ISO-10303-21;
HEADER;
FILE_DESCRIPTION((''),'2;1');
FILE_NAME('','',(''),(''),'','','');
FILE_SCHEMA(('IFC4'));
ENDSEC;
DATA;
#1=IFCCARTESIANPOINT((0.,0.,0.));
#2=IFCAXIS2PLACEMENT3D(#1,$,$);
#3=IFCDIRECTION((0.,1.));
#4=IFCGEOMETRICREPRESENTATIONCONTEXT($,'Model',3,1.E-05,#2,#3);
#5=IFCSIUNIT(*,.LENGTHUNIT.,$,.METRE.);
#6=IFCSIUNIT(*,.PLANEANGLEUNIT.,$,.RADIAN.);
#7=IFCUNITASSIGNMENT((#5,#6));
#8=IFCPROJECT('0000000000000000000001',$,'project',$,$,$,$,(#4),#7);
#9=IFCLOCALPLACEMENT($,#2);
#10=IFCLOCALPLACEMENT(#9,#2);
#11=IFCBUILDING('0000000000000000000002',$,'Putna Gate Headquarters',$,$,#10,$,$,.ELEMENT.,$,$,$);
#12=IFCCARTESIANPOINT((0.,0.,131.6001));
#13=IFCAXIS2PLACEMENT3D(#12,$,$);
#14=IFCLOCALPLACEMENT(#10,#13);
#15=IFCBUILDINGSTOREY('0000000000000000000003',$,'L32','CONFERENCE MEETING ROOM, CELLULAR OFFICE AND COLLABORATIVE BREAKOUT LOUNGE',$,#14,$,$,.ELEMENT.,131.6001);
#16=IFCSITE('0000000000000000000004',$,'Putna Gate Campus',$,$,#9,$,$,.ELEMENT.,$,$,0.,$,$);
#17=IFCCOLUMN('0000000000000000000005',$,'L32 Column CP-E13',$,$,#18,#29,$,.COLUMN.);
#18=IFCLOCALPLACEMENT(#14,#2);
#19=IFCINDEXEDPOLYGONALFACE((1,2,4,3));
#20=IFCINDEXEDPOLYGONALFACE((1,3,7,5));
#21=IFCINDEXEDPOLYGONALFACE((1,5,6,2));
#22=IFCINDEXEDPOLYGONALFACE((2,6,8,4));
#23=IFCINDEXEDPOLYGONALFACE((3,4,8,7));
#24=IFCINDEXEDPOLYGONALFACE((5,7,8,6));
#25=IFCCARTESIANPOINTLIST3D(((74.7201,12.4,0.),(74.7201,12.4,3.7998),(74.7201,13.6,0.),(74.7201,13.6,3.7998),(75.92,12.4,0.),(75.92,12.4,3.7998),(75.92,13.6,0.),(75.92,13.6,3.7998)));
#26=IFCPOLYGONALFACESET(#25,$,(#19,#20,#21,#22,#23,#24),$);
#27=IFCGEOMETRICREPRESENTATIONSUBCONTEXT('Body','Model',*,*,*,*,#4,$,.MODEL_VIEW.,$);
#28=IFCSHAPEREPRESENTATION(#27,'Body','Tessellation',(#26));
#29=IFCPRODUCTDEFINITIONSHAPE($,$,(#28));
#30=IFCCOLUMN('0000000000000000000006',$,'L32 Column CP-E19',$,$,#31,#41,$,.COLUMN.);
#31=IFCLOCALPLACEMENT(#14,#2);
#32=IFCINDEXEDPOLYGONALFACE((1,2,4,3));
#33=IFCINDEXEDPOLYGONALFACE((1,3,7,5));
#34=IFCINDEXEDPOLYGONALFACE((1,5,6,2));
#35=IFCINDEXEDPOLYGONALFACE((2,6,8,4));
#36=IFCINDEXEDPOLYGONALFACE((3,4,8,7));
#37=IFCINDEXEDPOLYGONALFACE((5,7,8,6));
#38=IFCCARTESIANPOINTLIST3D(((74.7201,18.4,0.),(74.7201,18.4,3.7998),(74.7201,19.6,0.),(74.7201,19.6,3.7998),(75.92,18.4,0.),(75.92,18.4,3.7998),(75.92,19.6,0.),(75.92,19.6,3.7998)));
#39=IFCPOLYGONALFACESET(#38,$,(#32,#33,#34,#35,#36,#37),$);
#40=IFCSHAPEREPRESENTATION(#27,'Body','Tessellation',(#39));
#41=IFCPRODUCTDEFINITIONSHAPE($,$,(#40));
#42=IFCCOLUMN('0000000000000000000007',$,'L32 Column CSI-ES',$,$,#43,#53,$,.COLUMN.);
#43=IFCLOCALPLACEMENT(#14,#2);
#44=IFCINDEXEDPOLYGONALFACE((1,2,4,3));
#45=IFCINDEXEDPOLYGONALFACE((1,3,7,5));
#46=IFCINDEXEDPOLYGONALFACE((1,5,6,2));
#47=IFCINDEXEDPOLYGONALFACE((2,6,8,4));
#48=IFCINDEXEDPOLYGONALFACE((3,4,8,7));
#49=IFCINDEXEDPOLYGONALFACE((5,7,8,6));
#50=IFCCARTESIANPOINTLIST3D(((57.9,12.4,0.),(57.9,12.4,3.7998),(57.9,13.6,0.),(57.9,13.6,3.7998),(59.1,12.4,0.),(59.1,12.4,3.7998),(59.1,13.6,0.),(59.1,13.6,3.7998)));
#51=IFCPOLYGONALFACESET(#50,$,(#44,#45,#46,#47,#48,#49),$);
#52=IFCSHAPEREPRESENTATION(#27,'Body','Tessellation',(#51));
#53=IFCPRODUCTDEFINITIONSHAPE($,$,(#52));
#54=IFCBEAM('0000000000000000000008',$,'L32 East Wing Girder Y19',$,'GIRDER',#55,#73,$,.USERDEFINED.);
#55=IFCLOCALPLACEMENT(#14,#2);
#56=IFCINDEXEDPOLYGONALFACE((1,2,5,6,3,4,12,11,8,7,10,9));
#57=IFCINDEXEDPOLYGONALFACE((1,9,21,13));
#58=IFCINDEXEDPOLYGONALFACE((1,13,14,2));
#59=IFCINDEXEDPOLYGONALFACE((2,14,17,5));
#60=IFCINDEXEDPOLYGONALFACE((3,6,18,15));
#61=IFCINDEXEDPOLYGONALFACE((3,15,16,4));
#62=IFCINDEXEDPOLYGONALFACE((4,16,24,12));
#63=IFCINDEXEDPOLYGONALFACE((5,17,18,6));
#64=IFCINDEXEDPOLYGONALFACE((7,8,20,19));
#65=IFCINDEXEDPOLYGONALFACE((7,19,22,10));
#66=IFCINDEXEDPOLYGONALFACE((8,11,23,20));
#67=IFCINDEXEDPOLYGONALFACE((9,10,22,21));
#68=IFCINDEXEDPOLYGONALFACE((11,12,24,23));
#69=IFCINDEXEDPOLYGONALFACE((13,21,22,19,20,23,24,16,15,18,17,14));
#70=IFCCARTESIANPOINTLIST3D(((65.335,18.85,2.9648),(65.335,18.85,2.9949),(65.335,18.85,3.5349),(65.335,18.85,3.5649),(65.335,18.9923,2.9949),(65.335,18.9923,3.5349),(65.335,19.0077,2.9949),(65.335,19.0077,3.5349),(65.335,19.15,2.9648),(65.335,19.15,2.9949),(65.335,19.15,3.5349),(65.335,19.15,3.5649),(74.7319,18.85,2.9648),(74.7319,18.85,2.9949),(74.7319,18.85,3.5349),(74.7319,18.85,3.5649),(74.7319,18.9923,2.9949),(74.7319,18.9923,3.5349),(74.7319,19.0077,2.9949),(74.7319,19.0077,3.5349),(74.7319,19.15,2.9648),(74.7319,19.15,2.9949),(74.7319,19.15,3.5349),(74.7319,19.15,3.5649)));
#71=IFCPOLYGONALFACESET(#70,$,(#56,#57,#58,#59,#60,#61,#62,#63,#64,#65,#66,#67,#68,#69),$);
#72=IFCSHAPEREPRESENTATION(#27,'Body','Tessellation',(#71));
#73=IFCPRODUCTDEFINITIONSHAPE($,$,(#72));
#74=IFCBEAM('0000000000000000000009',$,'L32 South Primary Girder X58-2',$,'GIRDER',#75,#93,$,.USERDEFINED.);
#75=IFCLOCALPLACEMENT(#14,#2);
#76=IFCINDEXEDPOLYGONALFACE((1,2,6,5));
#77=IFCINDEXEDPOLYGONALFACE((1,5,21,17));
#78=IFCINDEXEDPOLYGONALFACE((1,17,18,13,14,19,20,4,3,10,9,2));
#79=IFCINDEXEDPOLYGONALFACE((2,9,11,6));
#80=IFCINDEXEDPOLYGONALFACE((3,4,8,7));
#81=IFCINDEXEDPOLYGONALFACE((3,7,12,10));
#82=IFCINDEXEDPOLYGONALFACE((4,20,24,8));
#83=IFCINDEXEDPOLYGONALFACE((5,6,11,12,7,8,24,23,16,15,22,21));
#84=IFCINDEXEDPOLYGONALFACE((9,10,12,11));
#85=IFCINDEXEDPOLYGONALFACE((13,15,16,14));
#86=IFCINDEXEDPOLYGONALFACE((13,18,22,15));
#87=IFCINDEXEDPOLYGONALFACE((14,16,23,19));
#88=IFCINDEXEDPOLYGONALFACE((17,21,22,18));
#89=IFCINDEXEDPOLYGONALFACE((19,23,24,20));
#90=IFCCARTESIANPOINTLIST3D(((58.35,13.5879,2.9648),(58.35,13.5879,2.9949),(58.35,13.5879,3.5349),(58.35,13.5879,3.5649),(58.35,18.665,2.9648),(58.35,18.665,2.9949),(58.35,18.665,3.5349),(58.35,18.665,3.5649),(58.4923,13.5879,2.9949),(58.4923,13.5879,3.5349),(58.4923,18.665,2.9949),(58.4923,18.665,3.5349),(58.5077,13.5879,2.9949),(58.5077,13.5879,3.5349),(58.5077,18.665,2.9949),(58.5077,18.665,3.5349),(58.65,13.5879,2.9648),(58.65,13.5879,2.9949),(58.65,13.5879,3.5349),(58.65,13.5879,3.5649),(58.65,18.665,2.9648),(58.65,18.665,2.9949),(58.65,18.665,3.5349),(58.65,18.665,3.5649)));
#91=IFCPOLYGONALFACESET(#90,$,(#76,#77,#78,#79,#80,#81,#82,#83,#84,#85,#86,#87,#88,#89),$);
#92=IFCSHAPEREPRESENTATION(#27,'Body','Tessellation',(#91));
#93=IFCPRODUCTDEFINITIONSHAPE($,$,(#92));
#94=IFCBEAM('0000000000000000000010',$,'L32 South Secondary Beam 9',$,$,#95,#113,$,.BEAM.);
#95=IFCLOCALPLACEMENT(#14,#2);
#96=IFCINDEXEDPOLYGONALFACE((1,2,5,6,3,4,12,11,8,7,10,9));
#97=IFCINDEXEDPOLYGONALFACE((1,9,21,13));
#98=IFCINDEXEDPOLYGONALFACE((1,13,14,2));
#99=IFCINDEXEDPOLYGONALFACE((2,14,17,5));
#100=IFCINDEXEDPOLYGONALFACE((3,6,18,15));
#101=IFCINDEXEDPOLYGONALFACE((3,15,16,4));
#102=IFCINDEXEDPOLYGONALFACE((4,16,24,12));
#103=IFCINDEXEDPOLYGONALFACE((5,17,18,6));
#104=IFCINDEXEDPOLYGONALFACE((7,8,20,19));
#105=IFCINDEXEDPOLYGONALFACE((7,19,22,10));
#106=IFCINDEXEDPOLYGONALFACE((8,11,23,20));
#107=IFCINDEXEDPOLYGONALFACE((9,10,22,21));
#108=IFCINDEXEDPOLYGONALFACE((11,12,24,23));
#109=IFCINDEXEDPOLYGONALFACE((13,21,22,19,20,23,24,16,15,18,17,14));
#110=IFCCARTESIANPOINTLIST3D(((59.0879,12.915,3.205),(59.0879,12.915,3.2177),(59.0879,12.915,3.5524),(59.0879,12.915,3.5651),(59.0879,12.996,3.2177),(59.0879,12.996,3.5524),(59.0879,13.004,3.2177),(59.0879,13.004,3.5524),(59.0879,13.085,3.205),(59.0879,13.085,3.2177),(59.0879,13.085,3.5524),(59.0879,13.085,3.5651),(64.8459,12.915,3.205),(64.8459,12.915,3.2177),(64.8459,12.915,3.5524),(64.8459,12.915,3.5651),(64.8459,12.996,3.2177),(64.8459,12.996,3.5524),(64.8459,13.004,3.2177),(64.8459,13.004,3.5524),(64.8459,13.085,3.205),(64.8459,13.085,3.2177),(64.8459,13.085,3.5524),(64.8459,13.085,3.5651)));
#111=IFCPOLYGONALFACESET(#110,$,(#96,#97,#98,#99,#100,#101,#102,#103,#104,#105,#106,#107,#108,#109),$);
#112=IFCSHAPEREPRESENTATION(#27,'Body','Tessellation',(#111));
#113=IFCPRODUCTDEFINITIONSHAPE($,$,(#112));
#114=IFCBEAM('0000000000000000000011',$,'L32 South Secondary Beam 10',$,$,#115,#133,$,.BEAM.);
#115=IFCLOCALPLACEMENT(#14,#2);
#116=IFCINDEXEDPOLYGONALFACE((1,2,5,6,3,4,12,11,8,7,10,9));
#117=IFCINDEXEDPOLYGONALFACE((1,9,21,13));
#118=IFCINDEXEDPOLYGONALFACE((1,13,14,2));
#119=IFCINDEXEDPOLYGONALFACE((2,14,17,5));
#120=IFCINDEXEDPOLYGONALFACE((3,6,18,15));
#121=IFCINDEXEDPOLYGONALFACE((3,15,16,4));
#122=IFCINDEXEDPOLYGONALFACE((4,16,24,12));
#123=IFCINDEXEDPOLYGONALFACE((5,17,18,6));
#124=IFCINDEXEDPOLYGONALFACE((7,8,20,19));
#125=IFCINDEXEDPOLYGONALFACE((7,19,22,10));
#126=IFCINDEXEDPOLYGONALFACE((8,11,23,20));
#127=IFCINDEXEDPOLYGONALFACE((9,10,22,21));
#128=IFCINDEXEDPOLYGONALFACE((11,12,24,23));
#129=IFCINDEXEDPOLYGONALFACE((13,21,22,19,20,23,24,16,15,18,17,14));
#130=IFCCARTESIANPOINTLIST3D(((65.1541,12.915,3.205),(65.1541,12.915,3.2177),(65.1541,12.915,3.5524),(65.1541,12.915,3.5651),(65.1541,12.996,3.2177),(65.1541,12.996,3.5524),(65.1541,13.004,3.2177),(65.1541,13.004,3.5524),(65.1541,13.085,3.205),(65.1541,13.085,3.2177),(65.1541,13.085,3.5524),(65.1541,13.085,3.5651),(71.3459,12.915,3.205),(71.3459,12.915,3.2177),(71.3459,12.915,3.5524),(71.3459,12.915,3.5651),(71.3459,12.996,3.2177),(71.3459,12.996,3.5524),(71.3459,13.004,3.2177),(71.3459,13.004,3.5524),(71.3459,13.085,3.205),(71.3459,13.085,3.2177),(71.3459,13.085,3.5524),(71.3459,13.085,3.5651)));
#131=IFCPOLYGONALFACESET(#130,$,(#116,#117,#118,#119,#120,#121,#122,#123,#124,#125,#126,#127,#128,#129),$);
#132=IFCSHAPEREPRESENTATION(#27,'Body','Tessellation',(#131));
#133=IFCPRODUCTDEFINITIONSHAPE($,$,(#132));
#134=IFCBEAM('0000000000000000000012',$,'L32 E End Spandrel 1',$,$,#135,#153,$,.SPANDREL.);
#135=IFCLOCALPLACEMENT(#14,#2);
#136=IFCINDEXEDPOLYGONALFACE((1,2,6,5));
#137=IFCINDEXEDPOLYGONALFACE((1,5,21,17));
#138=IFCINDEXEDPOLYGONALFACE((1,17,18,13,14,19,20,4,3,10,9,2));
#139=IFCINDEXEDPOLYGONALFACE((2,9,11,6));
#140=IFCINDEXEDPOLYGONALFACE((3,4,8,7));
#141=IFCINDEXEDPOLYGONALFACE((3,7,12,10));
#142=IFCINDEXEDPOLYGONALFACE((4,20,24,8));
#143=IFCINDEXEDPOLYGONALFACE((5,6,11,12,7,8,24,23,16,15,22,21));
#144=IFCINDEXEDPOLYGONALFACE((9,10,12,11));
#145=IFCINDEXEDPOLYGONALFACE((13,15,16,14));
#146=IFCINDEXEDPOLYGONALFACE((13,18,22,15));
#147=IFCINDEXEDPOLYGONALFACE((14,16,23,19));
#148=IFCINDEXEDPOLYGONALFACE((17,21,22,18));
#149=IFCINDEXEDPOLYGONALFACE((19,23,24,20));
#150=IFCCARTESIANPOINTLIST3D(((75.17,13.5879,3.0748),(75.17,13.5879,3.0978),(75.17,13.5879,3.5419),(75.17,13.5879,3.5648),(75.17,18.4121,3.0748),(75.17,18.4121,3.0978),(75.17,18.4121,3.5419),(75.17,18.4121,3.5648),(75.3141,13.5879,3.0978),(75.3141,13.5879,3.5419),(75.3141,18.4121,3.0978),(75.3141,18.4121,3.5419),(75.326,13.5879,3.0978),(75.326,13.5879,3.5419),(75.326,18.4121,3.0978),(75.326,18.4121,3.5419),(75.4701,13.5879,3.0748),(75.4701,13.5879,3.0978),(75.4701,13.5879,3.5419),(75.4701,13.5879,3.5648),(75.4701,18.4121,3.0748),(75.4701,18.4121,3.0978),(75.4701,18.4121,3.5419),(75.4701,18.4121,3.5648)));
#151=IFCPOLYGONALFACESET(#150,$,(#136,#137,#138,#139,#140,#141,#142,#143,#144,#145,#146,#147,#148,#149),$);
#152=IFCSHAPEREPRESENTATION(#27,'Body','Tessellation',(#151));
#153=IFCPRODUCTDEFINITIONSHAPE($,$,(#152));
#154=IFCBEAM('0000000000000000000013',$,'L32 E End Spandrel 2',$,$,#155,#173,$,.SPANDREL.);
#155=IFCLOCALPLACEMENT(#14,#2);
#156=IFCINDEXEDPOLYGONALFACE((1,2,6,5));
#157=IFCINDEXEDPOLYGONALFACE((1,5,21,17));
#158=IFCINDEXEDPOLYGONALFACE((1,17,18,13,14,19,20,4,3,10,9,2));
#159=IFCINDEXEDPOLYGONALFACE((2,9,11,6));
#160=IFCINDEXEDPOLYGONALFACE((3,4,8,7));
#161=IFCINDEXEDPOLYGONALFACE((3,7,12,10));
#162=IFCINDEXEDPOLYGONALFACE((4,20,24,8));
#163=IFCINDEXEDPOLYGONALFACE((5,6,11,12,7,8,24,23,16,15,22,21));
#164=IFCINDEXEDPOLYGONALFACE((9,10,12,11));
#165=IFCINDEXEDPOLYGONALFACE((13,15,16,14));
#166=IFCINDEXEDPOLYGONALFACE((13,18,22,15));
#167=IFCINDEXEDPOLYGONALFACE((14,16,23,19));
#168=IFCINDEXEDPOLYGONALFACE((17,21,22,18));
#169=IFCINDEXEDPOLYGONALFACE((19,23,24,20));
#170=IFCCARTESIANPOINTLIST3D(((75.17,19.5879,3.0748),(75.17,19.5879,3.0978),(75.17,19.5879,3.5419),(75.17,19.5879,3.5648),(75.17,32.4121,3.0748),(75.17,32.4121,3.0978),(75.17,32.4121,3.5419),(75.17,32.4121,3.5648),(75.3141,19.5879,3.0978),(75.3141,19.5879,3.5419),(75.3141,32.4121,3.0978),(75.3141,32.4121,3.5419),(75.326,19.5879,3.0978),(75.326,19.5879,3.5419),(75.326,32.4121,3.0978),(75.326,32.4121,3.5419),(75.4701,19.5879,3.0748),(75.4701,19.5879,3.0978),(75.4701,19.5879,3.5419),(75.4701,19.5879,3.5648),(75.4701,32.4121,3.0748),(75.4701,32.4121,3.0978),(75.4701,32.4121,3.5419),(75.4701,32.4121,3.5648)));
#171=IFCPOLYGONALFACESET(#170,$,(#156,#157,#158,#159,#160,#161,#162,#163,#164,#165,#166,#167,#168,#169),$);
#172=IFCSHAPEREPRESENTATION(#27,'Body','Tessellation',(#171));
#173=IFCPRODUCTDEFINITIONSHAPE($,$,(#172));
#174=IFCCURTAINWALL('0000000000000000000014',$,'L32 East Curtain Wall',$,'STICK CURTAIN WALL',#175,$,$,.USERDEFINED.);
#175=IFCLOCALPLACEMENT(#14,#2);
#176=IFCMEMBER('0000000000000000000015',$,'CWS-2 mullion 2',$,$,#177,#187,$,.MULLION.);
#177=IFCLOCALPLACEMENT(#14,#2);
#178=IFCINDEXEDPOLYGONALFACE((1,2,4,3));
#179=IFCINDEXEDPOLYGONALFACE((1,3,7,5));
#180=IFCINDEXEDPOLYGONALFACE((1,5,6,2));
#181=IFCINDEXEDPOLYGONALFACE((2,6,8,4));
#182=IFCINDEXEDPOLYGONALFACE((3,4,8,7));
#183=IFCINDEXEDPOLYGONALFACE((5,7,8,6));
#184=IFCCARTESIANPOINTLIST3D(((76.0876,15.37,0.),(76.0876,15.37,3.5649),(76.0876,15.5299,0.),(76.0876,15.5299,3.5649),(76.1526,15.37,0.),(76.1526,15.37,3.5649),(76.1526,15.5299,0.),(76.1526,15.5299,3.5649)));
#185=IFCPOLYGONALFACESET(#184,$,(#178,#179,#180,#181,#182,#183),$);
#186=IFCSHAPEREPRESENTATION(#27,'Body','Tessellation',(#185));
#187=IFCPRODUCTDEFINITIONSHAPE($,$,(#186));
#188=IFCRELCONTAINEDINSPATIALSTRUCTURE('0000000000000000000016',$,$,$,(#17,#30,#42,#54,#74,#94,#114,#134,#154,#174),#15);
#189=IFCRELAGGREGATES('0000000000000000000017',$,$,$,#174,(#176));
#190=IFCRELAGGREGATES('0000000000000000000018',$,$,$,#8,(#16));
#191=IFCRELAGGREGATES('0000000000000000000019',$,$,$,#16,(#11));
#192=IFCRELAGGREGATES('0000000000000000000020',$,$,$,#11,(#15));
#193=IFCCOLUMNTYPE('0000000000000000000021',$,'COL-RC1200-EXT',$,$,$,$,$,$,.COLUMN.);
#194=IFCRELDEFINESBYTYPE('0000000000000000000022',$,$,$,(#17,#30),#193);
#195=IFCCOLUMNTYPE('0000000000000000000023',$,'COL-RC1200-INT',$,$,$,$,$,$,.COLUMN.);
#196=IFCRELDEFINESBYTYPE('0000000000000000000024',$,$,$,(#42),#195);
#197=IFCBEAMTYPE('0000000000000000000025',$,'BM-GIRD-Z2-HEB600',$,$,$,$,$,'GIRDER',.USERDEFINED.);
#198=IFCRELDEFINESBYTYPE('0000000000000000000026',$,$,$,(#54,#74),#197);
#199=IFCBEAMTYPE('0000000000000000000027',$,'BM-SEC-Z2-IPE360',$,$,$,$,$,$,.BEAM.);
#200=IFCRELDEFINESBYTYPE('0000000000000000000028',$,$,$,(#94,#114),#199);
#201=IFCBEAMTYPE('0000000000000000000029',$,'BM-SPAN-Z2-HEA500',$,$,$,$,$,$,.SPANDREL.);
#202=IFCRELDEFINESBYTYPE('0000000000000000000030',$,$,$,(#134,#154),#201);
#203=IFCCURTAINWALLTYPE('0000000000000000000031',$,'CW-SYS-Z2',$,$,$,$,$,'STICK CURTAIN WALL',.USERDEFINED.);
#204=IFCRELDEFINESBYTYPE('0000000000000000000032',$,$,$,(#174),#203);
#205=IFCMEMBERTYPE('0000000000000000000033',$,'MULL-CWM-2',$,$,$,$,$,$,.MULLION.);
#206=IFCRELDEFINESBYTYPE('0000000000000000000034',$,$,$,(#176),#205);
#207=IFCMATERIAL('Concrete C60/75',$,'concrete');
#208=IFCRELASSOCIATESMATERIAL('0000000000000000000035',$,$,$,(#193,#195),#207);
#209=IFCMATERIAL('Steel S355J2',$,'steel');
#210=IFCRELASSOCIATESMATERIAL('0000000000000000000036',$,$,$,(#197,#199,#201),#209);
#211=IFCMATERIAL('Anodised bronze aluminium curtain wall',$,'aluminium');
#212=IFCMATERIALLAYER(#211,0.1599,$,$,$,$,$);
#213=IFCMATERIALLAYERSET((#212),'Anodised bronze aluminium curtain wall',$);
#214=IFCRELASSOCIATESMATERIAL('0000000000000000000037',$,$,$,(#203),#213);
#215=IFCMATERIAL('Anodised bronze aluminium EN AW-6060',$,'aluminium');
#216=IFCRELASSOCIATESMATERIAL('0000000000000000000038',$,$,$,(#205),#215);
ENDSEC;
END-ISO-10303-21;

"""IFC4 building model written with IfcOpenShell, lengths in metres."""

from ifc_helpers import new_model, si_unit, direction, frame, origin, origin_2d, place, context, subcontext, project, spatial, rectangle, i_section, extrude, material, layer, layer_set, material_profile, profile_set, type_object, element, aggregate, save


model = new_model("IFC4")

# Units and contexts
model_context = context("Model", 3, precision=1e-05, world=origin(), true_north=direction((0.0, 1.0)))
body_context = subcontext(model_context, "Body", "Model", "MODEL_VIEW")
ifc_project = project(units=[si_unit("LENGTHUNIT", "METRE"), si_unit("PLANEANGLEUNIT", "RADIAN")], contexts=[model_context])

# Site, building, storey
site_placement = place(None, origin())
site = spatial("IfcSite", under=ifc_project, at=site_placement, Name="Putna Gate Campus", CompositionType="ELEMENT", RefElevation=0.0)
building_placement = place(site_placement, origin())
building = spatial("IfcBuilding", under=site, at=building_placement, Name="Putna Gate Headquarters", CompositionType="ELEMENT")
storey_placement = place(building_placement, frame((0.0, 0.0, 131.6001)))
storey = spatial("IfcBuildingStorey", under=building, at=storey_placement, Name="L32", Description="CONFERENCE MEETING ROOM, CELLULAR OFFICE AND COLLABORATIVE BREAKOUT LOUNGE", CompositionType="ELEMENT", Elevation=131.6001)

# Columns
ifc_material_1 = material(Name="Concrete C60/75", Category="concrete")
ifc_material_profile_1 = material_profile(ifc_material_1, rectangle(XDim=1.2, YDim=1.2, at=origin_2d()), Name="Concrete C60/75")
ifc_profile_set_1 = profile_set([ifc_material_profile_1], Name="Concrete C60/75")
column_type_1 = type_object("IfcColumnType", Name="COL-RC1200-EXT", PredefinedType="COLUMN", material=ifc_profile_set_1)
for number, where, z_axis, x_axis, name in (
    (1, (75.3201, 13.0, 0.0), (0.0, 0.0, 1.0), (1.0, 0.0, 0.0), "L32 Column CP-E13"),
    (2, (75.3201, 19.0, 0.0), (0.0, 0.0, 1.0), (1.0, 0.0, 0.0), "L32 Column CP-E19"),
):
    element("IfcColumn", number, at=place(storey_placement, frame(where, z_axis=z_axis, x_axis=x_axis)), inside=storey, type_object=column_type_1, Name=name, PredefinedType="COLUMN", context=body_context, shape_type="SweptSolid", body=[
        extrude(rectangle(XDim=1.2, YDim=1.2, at=origin_2d()), origin(), (0.0, 0.0, 1.0), 3.7998),
    ])
ifc_material_profile_2 = material_profile(ifc_material_1, rectangle(XDim=1.2, YDim=1.2, at=origin_2d()), Name="Concrete C60/75")
ifc_profile_set_2 = profile_set([ifc_material_profile_2], Name="Concrete C60/75")
column_type_2 = type_object("IfcColumnType", Name="COL-RC1200-INT", PredefinedType="COLUMN", material=ifc_profile_set_2)
column_placement = place(storey_placement, frame((58.5, 13.0, 0.0), z_axis=(0.0, 0.0, 1.0), x_axis=(1.0, 0.0, 0.0)))
element("IfcColumn", 3, at=column_placement, inside=storey, type_object=column_type_2, Name="L32 Column CSI-ES", PredefinedType="COLUMN", context=body_context, shape_type="SweptSolid", body=[
    extrude(rectangle(XDim=1.2, YDim=1.2, at=origin_2d()), origin(), (0.0, 0.0, 1.0), 3.7998),
])

# Beams
ifc_material_2 = material(Name="Steel S355J2", Category="steel")
ifc_material_profile_3 = material_profile(ifc_material_2, i_section(OverallWidth=0.3, OverallDepth=0.6001, WebThickness=0.0154, FlangeThickness=0.03, at=origin_2d()), Name="Steel S355J2")
ifc_profile_set_3 = profile_set([ifc_material_profile_3], Name="Steel S355J2")
beam_type_1 = type_object("IfcBeamType", Name="BM-GIRD-Z2-HEB600", ElementType="GIRDER", PredefinedType="USERDEFINED", material=ifc_profile_set_3)
beam_1_placement = place(storey_placement, frame((65.335, 19.0, 3.2649), z_axis=(1.0, 0.0, 0.0), x_axis=(0.0, 1.0, 0.0)))
element("IfcBeam", 4, at=beam_1_placement, inside=storey, type_object=beam_type_1, Name="L32 East Wing Girder Y19", ObjectType="GIRDER", PredefinedType="USERDEFINED", context=body_context, shape_type="SweptSolid", body=[
    extrude(i_section(OverallWidth=0.3, OverallDepth=0.6001, WebThickness=0.0154, FlangeThickness=0.03, at=origin_2d()), origin(), (0.0, 0.0, 1.0), 9.397),
])
beam_2_placement = place(storey_placement, frame((58.5, 13.5879, 3.2649), z_axis=(0.0, 1.0, 0.0), x_axis=(-1.0, 0.0, 0.0)))
element("IfcBeam", 5, at=beam_2_placement, inside=storey, type_object=beam_type_1, Name="L32 South Primary Girder X58-2", ObjectType="GIRDER", PredefinedType="USERDEFINED", context=body_context, shape_type="SweptSolid", body=[
    extrude(i_section(OverallWidth=0.3, OverallDepth=0.6001, WebThickness=0.0154, FlangeThickness=0.03, at=origin_2d()), origin(), (0.0, 0.0, 1.0), 5.0771),
])
ifc_material_profile_4 = material_profile(ifc_material_2, i_section(OverallWidth=0.1699, OverallDepth=0.3601, WebThickness=0.0081, FlangeThickness=0.0127, at=origin_2d()), Name="Steel S355J2")
ifc_profile_set_4 = profile_set([ifc_material_profile_4], Name="Steel S355J2")
beam_type_2 = type_object("IfcBeamType", Name="BM-SEC-Z2-IPE360", PredefinedType="BEAM", material=ifc_profile_set_4)
beam_3_placement = place(storey_placement, frame((59.0879, 13.0, 3.385), z_axis=(1.0, 0.0, 0.0), x_axis=(0.0, 1.0, 0.0)))
element("IfcBeam", 6, at=beam_3_placement, inside=storey, type_object=beam_type_2, Name="L32 South Secondary Beam 9", PredefinedType="BEAM", context=body_context, shape_type="SweptSolid", body=[
    extrude(i_section(OverallWidth=0.1699, OverallDepth=0.3601, WebThickness=0.0081, FlangeThickness=0.0127, at=origin_2d()), origin(), (0.0, 0.0, 1.0), 5.7581),
])
beam_4_placement = place(storey_placement, frame((65.1541, 13.0, 3.385), z_axis=(1.0, 0.0, 0.0), x_axis=(0.0, 1.0, 0.0)))
element("IfcBeam", 7, at=beam_4_placement, inside=storey, type_object=beam_type_2, Name="L32 South Secondary Beam 10", PredefinedType="BEAM", context=body_context, shape_type="SweptSolid", body=[
    extrude(i_section(OverallWidth=0.1699, OverallDepth=0.3601, WebThickness=0.0081, FlangeThickness=0.0127, at=origin_2d()), origin(), (0.0, 0.0, 1.0), 6.1919),
])
ifc_material_profile_5 = material_profile(ifc_material_2, i_section(OverallWidth=0.3, OverallDepth=0.49, WebThickness=0.012, FlangeThickness=0.0229, at=origin_2d()), Name="Steel S355J2")
ifc_profile_set_5 = profile_set([ifc_material_profile_5], Name="Steel S355J2")
beam_type_3 = type_object("IfcBeamType", Name="BM-SPAN-Z2-HEA500", PredefinedType="SPANDREL", material=ifc_profile_set_5)
beam_5_placement = place(storey_placement, frame((75.3201, 13.5879, 3.3198), z_axis=(0.0, 1.0, 0.0), x_axis=(-1.0, 0.0, 0.0)))
element("IfcBeam", 8, at=beam_5_placement, inside=storey, type_object=beam_type_3, Name="L32 E End Spandrel 1", PredefinedType="SPANDREL", context=body_context, shape_type="SweptSolid", body=[
    extrude(i_section(OverallWidth=0.3, OverallDepth=0.49, WebThickness=0.012, FlangeThickness=0.0229, at=origin_2d()), origin(), (0.0, 0.0, 1.0), 4.8242),
])
beam_6_placement = place(storey_placement, frame((75.3201, 19.5879, 3.3198), z_axis=(0.0, 1.0, 0.0), x_axis=(-1.0, 0.0, 0.0)))
element("IfcBeam", 9, at=beam_6_placement, inside=storey, type_object=beam_type_3, Name="L32 E End Spandrel 2", PredefinedType="SPANDREL", context=body_context, shape_type="SweptSolid", body=[
    extrude(i_section(OverallWidth=0.3, OverallDepth=0.49, WebThickness=0.012, FlangeThickness=0.0229, at=origin_2d()), origin(), (0.0, 0.0, 1.0), 12.8242),
])

# Curtain wall, member
ifc_material_3 = material(Name="Anodised bronze aluminium curtain wall", Category="aluminium")
ifc_layer_1 = layer(ifc_material_3, 0.1599)
ifc_layer_set_1 = layer_set([ifc_layer_1], Name="Anodised bronze aluminium curtain wall")
curtain_wall_type = type_object("IfcCurtainWallType", Name="CW-SYS-Z2", ElementType="STICK CURTAIN WALL", PredefinedType="USERDEFINED", material=ifc_layer_set_1)
curtain_wall_placement = place(storey_placement, origin())
curtain_wall = element("IfcCurtainWall", 10, at=curtain_wall_placement, inside=storey, type_object=curtain_wall_type, Name="L32 East Curtain Wall", ObjectType="STICK CURTAIN WALL", PredefinedType="USERDEFINED")
ifc_material_4 = material(Name="Anodised bronze aluminium EN AW-6060", Category="aluminium")
ifc_material_profile_6 = material_profile(ifc_material_4, rectangle(XDim=0.0649, YDim=0.1599, at=origin_2d()), Name="Anodised bronze aluminium EN AW-6060")
ifc_profile_set_6 = profile_set([ifc_material_profile_6], Name="Anodised bronze aluminium EN AW-6060")
member_type_1 = type_object("IfcMemberType", Name="MULL-CWM-2", PredefinedType="MULLION", material=ifc_profile_set_6)
member_1_placement = place(storey_placement, frame((76.1201, 15.45, 0.0), z_axis=(0.0, 0.0, 1.0), x_axis=(-1.0, 0.0, 0.0)))
member_1 = element("IfcMember", 11, at=member_1_placement, type_object=member_type_1, Name="CWS-2 mullion 2", PredefinedType="MULLION", context=body_context, shape_type="SweptSolid", body=[
    extrude(rectangle(XDim=0.0649, YDim=0.1599, at=origin_2d()), origin(), (0.0, 0.0, 1.0), 3.5649),
])
aggregate(curtain_wall, [member_1])

save(model, "model.ifc")
